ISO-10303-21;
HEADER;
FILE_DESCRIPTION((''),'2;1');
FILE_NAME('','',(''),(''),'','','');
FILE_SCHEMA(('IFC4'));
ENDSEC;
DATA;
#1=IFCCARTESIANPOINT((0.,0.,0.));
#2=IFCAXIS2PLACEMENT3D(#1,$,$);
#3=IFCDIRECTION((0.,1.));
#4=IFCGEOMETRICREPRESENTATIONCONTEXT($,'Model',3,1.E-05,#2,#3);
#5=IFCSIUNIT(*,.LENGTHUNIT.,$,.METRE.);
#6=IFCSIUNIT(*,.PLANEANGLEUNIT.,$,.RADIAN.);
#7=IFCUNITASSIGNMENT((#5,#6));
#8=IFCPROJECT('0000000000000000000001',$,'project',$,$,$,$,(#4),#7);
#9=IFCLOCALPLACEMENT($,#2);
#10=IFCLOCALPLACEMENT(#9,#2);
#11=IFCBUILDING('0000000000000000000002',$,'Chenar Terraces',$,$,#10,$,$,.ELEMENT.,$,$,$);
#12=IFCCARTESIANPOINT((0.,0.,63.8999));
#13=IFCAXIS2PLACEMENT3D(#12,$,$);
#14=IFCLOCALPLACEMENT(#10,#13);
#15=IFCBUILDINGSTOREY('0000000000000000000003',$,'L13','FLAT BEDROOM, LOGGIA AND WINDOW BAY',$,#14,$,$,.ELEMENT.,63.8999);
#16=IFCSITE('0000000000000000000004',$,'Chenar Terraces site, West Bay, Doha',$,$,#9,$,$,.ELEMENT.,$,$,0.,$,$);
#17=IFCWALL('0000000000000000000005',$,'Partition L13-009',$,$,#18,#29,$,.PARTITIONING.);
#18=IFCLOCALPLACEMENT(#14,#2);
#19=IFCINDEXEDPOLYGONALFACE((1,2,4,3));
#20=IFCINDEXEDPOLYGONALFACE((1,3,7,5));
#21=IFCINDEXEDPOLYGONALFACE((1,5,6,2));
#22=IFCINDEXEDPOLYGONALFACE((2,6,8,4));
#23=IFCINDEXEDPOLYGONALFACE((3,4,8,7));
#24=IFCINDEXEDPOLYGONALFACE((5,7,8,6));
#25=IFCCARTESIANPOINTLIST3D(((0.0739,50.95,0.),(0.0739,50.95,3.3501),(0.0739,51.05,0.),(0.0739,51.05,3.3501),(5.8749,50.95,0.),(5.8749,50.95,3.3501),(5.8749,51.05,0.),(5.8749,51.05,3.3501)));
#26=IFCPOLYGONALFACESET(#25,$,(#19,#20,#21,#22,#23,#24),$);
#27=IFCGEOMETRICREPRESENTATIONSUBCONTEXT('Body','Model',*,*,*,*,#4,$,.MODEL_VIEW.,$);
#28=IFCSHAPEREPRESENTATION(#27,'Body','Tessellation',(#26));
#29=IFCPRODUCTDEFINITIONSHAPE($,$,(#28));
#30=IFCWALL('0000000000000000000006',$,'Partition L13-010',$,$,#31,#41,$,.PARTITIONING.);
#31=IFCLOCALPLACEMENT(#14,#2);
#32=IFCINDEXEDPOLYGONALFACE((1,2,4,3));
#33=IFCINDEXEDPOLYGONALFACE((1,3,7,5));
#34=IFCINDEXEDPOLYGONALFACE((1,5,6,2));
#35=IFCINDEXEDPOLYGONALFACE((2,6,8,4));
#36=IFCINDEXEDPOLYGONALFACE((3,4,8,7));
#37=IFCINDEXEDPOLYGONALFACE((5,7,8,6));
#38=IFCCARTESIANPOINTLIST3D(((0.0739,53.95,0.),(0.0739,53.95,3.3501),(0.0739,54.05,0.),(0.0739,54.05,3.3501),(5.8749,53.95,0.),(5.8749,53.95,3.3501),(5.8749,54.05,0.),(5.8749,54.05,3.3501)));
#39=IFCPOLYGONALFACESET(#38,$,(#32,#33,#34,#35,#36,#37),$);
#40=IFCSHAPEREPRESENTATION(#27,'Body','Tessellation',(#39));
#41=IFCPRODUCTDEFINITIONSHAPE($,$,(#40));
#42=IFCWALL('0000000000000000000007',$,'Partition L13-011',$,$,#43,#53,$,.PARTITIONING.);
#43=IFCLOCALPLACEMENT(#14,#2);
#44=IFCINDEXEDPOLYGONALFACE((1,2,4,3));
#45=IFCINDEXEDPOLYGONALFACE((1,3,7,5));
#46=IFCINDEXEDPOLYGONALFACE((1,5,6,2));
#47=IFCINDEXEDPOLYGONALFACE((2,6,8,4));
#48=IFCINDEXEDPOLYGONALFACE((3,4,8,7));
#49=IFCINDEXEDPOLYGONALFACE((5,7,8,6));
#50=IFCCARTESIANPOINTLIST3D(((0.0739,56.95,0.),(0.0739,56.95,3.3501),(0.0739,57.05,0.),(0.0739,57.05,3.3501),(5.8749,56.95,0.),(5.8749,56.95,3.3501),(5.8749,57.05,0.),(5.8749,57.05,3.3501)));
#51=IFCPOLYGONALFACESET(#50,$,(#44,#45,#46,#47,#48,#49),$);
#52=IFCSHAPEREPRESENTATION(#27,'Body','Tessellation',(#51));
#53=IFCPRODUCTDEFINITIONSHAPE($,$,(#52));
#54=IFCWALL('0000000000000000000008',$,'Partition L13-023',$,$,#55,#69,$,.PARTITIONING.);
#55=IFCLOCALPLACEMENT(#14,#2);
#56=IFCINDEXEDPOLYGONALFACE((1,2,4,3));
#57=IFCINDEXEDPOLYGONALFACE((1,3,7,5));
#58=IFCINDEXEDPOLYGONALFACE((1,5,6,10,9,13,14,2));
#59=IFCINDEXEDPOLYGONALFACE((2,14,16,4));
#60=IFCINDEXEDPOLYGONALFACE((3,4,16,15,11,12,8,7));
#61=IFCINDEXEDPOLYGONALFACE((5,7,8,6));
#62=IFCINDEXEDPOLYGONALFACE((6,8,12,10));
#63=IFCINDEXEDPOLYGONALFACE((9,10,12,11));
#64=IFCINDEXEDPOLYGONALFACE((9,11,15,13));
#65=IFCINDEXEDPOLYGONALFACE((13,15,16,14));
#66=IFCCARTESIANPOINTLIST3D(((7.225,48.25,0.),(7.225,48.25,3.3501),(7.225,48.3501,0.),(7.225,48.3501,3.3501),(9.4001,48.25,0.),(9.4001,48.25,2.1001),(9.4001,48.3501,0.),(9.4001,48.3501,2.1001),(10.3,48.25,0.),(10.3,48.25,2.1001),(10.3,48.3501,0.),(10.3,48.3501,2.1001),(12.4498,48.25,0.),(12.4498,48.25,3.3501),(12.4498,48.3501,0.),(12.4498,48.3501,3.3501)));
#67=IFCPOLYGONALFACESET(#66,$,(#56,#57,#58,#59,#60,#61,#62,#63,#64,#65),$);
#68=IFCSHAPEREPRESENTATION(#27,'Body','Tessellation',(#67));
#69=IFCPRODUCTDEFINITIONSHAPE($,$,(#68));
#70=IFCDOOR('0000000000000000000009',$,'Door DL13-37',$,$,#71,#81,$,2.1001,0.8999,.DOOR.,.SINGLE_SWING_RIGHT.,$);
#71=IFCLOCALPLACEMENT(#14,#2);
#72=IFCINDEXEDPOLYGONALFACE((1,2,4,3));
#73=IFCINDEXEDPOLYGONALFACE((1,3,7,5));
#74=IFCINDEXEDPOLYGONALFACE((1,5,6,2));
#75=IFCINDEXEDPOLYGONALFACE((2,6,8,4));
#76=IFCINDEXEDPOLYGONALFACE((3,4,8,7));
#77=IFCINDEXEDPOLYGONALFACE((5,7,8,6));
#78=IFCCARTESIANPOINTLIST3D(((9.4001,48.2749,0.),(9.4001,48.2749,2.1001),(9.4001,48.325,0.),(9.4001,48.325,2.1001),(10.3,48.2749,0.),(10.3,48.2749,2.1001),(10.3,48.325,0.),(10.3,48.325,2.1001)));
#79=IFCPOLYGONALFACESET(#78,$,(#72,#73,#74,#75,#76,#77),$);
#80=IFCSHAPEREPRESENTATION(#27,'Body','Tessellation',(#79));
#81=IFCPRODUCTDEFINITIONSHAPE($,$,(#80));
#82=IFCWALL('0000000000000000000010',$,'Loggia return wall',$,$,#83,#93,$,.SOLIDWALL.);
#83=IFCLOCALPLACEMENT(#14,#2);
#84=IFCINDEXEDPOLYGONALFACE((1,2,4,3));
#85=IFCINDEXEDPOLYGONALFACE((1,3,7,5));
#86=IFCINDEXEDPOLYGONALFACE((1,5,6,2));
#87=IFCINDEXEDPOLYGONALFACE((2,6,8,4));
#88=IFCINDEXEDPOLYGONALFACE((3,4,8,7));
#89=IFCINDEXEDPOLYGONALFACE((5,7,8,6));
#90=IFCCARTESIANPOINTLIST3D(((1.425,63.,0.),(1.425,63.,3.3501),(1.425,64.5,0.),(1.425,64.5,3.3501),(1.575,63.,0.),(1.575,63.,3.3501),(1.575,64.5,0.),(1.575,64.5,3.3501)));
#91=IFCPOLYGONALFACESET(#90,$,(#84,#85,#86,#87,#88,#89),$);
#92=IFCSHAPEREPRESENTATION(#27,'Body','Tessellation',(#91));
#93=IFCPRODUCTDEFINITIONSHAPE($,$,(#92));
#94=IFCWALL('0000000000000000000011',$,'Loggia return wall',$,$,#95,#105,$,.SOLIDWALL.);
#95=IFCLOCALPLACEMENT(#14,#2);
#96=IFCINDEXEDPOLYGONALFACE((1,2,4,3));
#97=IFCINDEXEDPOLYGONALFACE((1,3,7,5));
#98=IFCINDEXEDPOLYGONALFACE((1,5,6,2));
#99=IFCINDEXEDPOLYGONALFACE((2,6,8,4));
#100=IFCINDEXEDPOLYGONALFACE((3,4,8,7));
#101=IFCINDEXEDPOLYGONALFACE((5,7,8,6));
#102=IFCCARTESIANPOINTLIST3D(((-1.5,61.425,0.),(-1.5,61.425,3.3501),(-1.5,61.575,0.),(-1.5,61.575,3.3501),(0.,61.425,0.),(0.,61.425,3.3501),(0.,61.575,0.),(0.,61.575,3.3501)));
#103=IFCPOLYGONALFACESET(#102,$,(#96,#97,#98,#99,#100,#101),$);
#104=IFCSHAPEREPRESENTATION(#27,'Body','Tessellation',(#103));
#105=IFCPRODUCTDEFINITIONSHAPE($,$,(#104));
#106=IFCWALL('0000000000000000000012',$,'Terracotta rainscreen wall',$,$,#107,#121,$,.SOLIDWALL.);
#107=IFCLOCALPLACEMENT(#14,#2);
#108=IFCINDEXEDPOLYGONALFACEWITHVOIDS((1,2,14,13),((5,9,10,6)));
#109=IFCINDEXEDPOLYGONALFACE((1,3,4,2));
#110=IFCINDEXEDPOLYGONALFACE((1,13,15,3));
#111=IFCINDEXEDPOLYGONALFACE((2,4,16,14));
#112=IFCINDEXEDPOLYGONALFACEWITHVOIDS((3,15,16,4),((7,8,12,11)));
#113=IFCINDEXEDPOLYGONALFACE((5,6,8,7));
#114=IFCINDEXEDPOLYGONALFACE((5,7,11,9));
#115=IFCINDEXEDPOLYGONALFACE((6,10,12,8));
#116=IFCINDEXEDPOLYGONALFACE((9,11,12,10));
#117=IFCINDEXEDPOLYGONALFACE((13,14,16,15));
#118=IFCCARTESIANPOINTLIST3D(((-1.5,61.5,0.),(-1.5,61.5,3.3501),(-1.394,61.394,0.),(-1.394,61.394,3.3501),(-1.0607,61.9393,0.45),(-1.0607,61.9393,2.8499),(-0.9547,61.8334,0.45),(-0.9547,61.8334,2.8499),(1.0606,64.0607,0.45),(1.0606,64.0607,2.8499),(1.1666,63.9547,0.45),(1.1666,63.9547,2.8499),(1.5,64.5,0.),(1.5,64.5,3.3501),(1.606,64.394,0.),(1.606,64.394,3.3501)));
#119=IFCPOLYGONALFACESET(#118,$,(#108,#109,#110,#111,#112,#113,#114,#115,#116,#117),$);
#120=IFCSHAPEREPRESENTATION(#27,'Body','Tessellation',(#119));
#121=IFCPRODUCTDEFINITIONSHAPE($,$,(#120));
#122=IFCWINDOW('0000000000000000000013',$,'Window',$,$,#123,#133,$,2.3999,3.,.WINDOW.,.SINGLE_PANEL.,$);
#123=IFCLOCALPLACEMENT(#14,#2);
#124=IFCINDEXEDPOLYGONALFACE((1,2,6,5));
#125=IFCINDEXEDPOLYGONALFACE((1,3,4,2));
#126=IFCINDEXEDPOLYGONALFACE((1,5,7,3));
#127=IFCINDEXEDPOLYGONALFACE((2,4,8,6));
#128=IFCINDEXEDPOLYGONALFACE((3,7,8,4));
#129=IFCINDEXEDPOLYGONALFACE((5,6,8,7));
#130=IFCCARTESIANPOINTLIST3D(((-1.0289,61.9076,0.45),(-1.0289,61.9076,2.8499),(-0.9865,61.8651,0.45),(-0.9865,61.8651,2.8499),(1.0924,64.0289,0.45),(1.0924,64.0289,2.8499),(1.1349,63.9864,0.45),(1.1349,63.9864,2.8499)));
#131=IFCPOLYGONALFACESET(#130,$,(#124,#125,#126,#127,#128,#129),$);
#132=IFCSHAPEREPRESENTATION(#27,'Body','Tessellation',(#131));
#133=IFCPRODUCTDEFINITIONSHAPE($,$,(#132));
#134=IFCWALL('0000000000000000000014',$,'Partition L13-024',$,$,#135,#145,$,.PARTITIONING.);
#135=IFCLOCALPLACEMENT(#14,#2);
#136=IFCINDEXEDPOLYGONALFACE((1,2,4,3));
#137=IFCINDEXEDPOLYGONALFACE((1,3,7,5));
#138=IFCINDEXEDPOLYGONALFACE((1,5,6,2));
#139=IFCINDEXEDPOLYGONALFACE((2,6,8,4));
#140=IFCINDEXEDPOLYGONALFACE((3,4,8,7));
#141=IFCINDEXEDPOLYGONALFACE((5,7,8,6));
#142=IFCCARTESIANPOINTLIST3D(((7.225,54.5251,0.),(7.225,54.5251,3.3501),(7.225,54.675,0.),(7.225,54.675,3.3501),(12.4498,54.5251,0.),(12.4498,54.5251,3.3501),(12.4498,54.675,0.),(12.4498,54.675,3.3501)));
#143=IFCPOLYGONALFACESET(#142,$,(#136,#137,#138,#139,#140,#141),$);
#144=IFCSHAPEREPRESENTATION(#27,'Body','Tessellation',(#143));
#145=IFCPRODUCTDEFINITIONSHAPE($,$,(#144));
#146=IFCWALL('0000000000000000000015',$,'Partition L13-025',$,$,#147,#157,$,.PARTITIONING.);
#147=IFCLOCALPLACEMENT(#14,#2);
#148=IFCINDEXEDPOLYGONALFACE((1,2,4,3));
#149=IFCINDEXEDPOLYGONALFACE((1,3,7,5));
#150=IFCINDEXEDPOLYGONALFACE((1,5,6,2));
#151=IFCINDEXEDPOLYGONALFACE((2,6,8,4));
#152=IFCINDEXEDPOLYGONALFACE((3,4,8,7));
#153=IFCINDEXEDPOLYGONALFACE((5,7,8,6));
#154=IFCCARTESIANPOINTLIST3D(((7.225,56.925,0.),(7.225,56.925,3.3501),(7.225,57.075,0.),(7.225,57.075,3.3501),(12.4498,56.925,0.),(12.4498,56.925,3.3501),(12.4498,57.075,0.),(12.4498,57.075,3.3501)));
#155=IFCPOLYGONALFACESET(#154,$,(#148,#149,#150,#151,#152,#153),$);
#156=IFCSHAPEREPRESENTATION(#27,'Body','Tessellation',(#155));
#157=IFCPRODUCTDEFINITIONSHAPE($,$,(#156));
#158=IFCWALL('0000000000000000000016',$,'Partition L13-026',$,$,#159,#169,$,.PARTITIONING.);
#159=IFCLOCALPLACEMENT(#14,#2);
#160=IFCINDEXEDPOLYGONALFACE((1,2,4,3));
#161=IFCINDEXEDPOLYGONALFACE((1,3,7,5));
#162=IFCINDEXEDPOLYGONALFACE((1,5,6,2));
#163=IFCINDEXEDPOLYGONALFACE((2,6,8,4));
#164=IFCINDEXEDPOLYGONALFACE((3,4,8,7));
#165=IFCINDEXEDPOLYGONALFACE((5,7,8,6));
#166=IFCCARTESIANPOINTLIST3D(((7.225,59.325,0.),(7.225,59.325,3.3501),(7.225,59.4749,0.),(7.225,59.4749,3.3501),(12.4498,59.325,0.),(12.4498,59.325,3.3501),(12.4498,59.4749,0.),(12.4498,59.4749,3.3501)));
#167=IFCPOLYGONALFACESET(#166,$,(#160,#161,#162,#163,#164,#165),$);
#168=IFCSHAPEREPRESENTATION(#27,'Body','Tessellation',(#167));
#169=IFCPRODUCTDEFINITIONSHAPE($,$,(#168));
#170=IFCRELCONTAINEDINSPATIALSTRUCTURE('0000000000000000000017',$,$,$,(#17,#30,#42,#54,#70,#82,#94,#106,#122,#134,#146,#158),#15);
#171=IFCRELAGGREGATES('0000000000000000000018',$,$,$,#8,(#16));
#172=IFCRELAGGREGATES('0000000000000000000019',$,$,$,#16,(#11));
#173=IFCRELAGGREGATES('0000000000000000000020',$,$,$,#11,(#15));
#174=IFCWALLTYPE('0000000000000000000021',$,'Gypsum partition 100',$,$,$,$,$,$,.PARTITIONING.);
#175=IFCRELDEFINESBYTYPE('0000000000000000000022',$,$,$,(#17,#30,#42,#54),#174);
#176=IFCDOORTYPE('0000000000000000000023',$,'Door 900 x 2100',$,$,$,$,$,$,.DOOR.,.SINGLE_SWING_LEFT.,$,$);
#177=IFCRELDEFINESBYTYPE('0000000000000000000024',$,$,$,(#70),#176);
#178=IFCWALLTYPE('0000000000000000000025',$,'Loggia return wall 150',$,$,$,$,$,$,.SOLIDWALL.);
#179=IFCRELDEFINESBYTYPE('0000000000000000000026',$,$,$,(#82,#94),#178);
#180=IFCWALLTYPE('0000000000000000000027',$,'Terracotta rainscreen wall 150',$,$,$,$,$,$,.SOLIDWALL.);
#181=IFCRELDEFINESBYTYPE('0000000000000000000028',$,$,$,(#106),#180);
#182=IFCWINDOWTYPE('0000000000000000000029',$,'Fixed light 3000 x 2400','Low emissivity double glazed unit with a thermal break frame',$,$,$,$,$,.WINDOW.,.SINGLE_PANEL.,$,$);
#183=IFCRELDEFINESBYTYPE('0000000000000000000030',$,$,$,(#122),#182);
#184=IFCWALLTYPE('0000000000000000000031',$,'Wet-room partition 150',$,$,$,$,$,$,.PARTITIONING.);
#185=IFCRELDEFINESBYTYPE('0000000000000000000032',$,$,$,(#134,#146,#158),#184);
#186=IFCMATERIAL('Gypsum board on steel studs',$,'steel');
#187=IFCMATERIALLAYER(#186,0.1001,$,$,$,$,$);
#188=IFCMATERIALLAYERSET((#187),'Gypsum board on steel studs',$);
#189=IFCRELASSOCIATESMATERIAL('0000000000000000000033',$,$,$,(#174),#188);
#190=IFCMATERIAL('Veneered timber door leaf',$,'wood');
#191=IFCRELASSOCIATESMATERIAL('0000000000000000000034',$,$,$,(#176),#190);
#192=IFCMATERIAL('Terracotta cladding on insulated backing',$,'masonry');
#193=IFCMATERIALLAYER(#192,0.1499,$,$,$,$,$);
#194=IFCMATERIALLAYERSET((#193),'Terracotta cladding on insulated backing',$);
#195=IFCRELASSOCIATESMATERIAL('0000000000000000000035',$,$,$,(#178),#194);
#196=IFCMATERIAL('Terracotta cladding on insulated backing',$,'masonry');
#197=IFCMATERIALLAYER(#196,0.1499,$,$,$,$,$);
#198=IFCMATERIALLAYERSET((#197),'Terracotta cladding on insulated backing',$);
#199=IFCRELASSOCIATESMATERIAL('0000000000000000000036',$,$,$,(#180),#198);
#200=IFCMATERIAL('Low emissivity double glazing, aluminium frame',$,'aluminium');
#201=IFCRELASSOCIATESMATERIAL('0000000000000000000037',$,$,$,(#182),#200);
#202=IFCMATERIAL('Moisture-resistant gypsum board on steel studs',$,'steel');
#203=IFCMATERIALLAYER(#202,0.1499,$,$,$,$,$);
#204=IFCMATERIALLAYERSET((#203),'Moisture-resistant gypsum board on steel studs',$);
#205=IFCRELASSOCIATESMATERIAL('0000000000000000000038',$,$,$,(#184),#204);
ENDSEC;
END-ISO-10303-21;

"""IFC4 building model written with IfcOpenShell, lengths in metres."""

from ifc_helpers import new_model, si_unit, direction, frame, frame_2d, origin, place, context, subcontext, project, spatial, rectangle, extrude, material, layer, layer_set, type_object, element, fill, save


model = new_model("IFC4")

# Units and contexts
model_context = context("Model", 3, precision=1e-05, world=origin(), true_north=direction((0.0, 1.0)))
body_context = subcontext(model_context, "Body", "Model", "MODEL_VIEW")
ifc_project = project(units=[si_unit("LENGTHUNIT", "METRE"), si_unit("PLANEANGLEUNIT", "RADIAN")], contexts=[model_context])

# Site, building, storey
site_placement = place(None, origin())
site = spatial("IfcSite", under=ifc_project, at=site_placement, Name="Chenar Terraces site, West Bay, Doha", CompositionType="ELEMENT", RefElevation=0.0)
building_placement = place(site_placement, origin())
building = spatial("IfcBuilding", under=site, at=building_placement, Name="Chenar Terraces", CompositionType="ELEMENT")
storey_placement = place(building_placement, frame((0.0, 0.0, 63.8999)))
storey = spatial("IfcBuildingStorey", under=building, at=storey_placement, Name="L13", Description="FLAT BEDROOM, LOGGIA AND WINDOW BAY", CompositionType="ELEMENT", Elevation=63.8999)

# Walls
ifc_material_1 = material(Name="Gypsum board on steel studs", Category="steel")
ifc_layer_1 = layer(ifc_material_1, 0.1001)
ifc_layer_set_1 = layer_set([ifc_layer_1], Name="Gypsum board on steel studs")
wall_type_1 = type_object("IfcWallType", Name="Gypsum partition 100", PredefinedType="PARTITIONING", material=ifc_layer_set_1)
for number, where, z_axis, x_axis, name in (
    (1, (0.074, 51.0, 0.0), (0.0, 0.0, 1.0), (1.0, 0.0, 0.0), "Partition L13-009"),
    (2, (0.074, 54.0, 0.0), (0.0, 0.0, 1.0), (1.0, 0.0, 0.0), "Partition L13-010"),
    (3, (0.074, 57.0, 0.0), (0.0, 0.0, 1.0), (1.0, 0.0, 0.0), "Partition L13-011"),
):
    element("IfcWall", number, at=place(storey_placement, frame(where, z_axis=z_axis, x_axis=x_axis)), inside=storey, type_object=wall_type_1, Name=name, PredefinedType="PARTITIONING", context=body_context, shape_type="SweptSolid", body=[
        extrude(rectangle(XDim=5.801, YDim=0.1001, at=frame_2d((2.9004, 0.0))), origin(), (0.0, 0.0, 1.0), 3.3501),
    ])

# Wall, opening, door
wall_1_placement = place(storey_placement, frame((7.2251, 48.3, 0.0), z_axis=(0.0, 0.0, 1.0), x_axis=(1.0, 0.0, 0.0)))
wall_1 = element("IfcWall", 4, at=wall_1_placement, inside=storey, type_object=wall_type_1, Name="Partition L13-023", PredefinedType="PARTITIONING", context=body_context, shape_type="SweptSolid", body=[
    extrude(rectangle(XDim=5.2249, YDim=0.1001, at=frame_2d((2.6123, 0.0))), origin(), (0.0, 0.0, 1.0), 3.3501),
])
opening_1_placement = place(wall_1_placement, frame((2.175, 0.0, 0.0)))
opening_1 = element("IfcOpeningElement", 5, at=opening_1_placement, cuts=wall_1, PredefinedType="OPENING", context=body_context, shape_type="SweptSolid", body=[
    extrude(rectangle(XDim=0.8999, YDim=2.1001, at=frame_2d((0.45, 1.05))), frame((0.0, 0.0601, 0.0), z_axis=(0.0, -1.0, 0.0), x_axis=(1.0, 0.0, 0.0)), (0.0, 0.0, 1.0), 0.1201),
])
ifc_material_2 = material(Name="Veneered timber door leaf", Category="wood")
door_type_1 = type_object("IfcDoorType", Name="Door 900 x 2100", OperationType="SINGLE_SWING_LEFT", PredefinedType="DOOR", material=ifc_material_2)
door_1_placement = place(opening_1_placement, origin())
door_1 = element("IfcDoor", 6, at=door_1_placement, inside=storey, type_object=door_type_1, Name="Door DL13-37", OperationType="SINGLE_SWING_RIGHT", OverallHeight=2.1001, OverallWidth=0.8999, PredefinedType="DOOR", context=body_context, shape_type="SweptSolid", body=[
    extrude(rectangle(XDim=0.8999, YDim=2.1001, at=frame_2d((0.45, 1.05))), frame((0.0, 0.0249, 0.0), z_axis=(0.0, -1.0, 0.0), x_axis=(1.0, 0.0, 0.0)), (0.0, 0.0, 1.0), 0.05),
])
fill(opening_1, door_1)

# Walls
ifc_material_3 = material(Name="Terracotta cladding on insulated backing", Category="masonry")
ifc_layer_2 = layer(ifc_material_3, 0.1499)
ifc_layer_set_2 = layer_set([ifc_layer_2], Name="Terracotta cladding on insulated backing")
wall_type_2 = type_object("IfcWallType", Name="Loggia return wall 150", PredefinedType="SOLIDWALL", material=ifc_layer_set_2)
for number, where, z_axis, x_axis, name in (
    (7, (1.5, 64.5, 0.0), (0.0, 0.0, 1.0), (0.0, -1.0, 0.0), "Loggia return wall"),
    (8, (-1.5, 61.5, 0.0), (0.0, 0.0, 1.0), (1.0, 0.0, 0.0), "Loggia return wall"),
):
    element("IfcWall", number, at=place(storey_placement, frame(where, z_axis=z_axis, x_axis=x_axis)), inside=storey, type_object=wall_type_2, Name=name, PredefinedType="SOLIDWALL", context=body_context, shape_type="SweptSolid", body=[
        extrude(rectangle(XDim=1.5, YDim=0.1499, at=frame_2d((0.75, 0.0))), origin(), (0.0, 0.0, 1.0), 3.3501),
    ])

# Wall, opening, window
ifc_material_4 = material(Name="Terracotta cladding on insulated backing", Category="masonry")
ifc_layer_3 = layer(ifc_material_4, 0.1499)
ifc_layer_set_3 = layer_set([ifc_layer_3], Name="Terracotta cladding on insulated backing")
wall_type_3 = type_object("IfcWallType", Name="Terracotta rainscreen wall 150", PredefinedType="SOLIDWALL", material=ifc_layer_set_3)
wall_2_placement = place(storey_placement, frame((1.553, 64.447, 0.0), z_axis=(0.0, 0.0, 1.0), x_axis=(-0.707107, -0.707107, 0.0)))
wall_2 = element("IfcWall", 9, at=wall_2_placement, inside=storey, type_object=wall_type_3, Name="Terracotta rainscreen wall", PredefinedType="SOLIDWALL", context=body_context, shape_type="SweptSolid", body=[
    extrude(rectangle(XDim=4.2427, YDim=0.1499, at=frame_2d((2.1213, 0.0))), origin(), (0.0, 0.0, 1.0), 3.3501),
])
opening_2_placement = place(wall_2_placement, frame((0.6213, 0.0, 0.45)))
opening_2 = element("IfcOpeningElement", 10, at=opening_2_placement, cuts=wall_2, PredefinedType="OPENING", context=body_context, shape_type="SweptSolid", body=[
    extrude(rectangle(XDim=3.0, YDim=2.3999, at=frame_2d((1.5, 1.2))), frame((0.0, 0.085, 0.0), z_axis=(0.0, -1.0, 0.0), x_axis=(1.0, 0.0, 0.0)), (0.0, 0.0, 1.0), 0.1699),
])
ifc_material_5 = material(Name="Low emissivity double glazing, aluminium frame", Category="aluminium")
window_type_1 = type_object("IfcWindowType", Name="Fixed light 3000 x 2400", Description="Low emissivity double glazed unit with a thermal break frame", PartitioningType="SINGLE_PANEL", PredefinedType="WINDOW", material=ifc_material_5)
window_1_placement = place(opening_2_placement, origin())
window_1 = element("IfcWindow", 11, at=window_1_placement, inside=storey, type_object=window_type_1, Name="Window", OverallHeight=2.3999, OverallWidth=3.0, PartitioningType="SINGLE_PANEL", PredefinedType="WINDOW", context=body_context, shape_type="SweptSolid", body=[
    extrude(rectangle(XDim=3.0, YDim=2.3999, at=frame_2d((1.5, 1.2))), frame((0.0, 0.03, 0.0), z_axis=(0.0, -1.0, 0.0), x_axis=(1.0, 0.0, 0.0)), (0.0, 0.0, 1.0), 0.0601),
])
fill(opening_2, window_1)

# Walls
ifc_material_6 = material(Name="Moisture-resistant gypsum board on steel studs", Category="steel")
ifc_layer_4 = layer(ifc_material_6, 0.1499)
ifc_layer_set_4 = layer_set([ifc_layer_4], Name="Moisture-resistant gypsum board on steel studs")
wall_type_4 = type_object("IfcWallType", Name="Wet-room partition 150", PredefinedType="PARTITIONING", material=ifc_layer_set_4)
for number, where, z_axis, x_axis, name in (
    (12, (7.2251, 54.6001, 0.0), (0.0, 0.0, 1.0), (1.0, 0.0, 0.0), "Partition L13-024"),
    (13, (7.2251, 57.0, 0.0), (0.0, 0.0, 1.0), (1.0, 0.0, 0.0), "Partition L13-025"),
    (14, (7.2251, 59.3999, 0.0), (0.0, 0.0, 1.0), (1.0, 0.0, 0.0), "Partition L13-026"),
):
    element("IfcWall", number, at=place(storey_placement, frame(where, z_axis=z_axis, x_axis=x_axis)), inside=storey, type_object=wall_type_4, Name=name, PredefinedType="PARTITIONING", context=body_context, shape_type="SweptSolid", body=[
        extrude(rectangle(XDim=5.2249, YDim=0.1499, at=frame_2d((2.6123, 0.0))), origin(), (0.0, 0.0, 1.0), 3.3501),
    ])

save(model, "model.ifc")
